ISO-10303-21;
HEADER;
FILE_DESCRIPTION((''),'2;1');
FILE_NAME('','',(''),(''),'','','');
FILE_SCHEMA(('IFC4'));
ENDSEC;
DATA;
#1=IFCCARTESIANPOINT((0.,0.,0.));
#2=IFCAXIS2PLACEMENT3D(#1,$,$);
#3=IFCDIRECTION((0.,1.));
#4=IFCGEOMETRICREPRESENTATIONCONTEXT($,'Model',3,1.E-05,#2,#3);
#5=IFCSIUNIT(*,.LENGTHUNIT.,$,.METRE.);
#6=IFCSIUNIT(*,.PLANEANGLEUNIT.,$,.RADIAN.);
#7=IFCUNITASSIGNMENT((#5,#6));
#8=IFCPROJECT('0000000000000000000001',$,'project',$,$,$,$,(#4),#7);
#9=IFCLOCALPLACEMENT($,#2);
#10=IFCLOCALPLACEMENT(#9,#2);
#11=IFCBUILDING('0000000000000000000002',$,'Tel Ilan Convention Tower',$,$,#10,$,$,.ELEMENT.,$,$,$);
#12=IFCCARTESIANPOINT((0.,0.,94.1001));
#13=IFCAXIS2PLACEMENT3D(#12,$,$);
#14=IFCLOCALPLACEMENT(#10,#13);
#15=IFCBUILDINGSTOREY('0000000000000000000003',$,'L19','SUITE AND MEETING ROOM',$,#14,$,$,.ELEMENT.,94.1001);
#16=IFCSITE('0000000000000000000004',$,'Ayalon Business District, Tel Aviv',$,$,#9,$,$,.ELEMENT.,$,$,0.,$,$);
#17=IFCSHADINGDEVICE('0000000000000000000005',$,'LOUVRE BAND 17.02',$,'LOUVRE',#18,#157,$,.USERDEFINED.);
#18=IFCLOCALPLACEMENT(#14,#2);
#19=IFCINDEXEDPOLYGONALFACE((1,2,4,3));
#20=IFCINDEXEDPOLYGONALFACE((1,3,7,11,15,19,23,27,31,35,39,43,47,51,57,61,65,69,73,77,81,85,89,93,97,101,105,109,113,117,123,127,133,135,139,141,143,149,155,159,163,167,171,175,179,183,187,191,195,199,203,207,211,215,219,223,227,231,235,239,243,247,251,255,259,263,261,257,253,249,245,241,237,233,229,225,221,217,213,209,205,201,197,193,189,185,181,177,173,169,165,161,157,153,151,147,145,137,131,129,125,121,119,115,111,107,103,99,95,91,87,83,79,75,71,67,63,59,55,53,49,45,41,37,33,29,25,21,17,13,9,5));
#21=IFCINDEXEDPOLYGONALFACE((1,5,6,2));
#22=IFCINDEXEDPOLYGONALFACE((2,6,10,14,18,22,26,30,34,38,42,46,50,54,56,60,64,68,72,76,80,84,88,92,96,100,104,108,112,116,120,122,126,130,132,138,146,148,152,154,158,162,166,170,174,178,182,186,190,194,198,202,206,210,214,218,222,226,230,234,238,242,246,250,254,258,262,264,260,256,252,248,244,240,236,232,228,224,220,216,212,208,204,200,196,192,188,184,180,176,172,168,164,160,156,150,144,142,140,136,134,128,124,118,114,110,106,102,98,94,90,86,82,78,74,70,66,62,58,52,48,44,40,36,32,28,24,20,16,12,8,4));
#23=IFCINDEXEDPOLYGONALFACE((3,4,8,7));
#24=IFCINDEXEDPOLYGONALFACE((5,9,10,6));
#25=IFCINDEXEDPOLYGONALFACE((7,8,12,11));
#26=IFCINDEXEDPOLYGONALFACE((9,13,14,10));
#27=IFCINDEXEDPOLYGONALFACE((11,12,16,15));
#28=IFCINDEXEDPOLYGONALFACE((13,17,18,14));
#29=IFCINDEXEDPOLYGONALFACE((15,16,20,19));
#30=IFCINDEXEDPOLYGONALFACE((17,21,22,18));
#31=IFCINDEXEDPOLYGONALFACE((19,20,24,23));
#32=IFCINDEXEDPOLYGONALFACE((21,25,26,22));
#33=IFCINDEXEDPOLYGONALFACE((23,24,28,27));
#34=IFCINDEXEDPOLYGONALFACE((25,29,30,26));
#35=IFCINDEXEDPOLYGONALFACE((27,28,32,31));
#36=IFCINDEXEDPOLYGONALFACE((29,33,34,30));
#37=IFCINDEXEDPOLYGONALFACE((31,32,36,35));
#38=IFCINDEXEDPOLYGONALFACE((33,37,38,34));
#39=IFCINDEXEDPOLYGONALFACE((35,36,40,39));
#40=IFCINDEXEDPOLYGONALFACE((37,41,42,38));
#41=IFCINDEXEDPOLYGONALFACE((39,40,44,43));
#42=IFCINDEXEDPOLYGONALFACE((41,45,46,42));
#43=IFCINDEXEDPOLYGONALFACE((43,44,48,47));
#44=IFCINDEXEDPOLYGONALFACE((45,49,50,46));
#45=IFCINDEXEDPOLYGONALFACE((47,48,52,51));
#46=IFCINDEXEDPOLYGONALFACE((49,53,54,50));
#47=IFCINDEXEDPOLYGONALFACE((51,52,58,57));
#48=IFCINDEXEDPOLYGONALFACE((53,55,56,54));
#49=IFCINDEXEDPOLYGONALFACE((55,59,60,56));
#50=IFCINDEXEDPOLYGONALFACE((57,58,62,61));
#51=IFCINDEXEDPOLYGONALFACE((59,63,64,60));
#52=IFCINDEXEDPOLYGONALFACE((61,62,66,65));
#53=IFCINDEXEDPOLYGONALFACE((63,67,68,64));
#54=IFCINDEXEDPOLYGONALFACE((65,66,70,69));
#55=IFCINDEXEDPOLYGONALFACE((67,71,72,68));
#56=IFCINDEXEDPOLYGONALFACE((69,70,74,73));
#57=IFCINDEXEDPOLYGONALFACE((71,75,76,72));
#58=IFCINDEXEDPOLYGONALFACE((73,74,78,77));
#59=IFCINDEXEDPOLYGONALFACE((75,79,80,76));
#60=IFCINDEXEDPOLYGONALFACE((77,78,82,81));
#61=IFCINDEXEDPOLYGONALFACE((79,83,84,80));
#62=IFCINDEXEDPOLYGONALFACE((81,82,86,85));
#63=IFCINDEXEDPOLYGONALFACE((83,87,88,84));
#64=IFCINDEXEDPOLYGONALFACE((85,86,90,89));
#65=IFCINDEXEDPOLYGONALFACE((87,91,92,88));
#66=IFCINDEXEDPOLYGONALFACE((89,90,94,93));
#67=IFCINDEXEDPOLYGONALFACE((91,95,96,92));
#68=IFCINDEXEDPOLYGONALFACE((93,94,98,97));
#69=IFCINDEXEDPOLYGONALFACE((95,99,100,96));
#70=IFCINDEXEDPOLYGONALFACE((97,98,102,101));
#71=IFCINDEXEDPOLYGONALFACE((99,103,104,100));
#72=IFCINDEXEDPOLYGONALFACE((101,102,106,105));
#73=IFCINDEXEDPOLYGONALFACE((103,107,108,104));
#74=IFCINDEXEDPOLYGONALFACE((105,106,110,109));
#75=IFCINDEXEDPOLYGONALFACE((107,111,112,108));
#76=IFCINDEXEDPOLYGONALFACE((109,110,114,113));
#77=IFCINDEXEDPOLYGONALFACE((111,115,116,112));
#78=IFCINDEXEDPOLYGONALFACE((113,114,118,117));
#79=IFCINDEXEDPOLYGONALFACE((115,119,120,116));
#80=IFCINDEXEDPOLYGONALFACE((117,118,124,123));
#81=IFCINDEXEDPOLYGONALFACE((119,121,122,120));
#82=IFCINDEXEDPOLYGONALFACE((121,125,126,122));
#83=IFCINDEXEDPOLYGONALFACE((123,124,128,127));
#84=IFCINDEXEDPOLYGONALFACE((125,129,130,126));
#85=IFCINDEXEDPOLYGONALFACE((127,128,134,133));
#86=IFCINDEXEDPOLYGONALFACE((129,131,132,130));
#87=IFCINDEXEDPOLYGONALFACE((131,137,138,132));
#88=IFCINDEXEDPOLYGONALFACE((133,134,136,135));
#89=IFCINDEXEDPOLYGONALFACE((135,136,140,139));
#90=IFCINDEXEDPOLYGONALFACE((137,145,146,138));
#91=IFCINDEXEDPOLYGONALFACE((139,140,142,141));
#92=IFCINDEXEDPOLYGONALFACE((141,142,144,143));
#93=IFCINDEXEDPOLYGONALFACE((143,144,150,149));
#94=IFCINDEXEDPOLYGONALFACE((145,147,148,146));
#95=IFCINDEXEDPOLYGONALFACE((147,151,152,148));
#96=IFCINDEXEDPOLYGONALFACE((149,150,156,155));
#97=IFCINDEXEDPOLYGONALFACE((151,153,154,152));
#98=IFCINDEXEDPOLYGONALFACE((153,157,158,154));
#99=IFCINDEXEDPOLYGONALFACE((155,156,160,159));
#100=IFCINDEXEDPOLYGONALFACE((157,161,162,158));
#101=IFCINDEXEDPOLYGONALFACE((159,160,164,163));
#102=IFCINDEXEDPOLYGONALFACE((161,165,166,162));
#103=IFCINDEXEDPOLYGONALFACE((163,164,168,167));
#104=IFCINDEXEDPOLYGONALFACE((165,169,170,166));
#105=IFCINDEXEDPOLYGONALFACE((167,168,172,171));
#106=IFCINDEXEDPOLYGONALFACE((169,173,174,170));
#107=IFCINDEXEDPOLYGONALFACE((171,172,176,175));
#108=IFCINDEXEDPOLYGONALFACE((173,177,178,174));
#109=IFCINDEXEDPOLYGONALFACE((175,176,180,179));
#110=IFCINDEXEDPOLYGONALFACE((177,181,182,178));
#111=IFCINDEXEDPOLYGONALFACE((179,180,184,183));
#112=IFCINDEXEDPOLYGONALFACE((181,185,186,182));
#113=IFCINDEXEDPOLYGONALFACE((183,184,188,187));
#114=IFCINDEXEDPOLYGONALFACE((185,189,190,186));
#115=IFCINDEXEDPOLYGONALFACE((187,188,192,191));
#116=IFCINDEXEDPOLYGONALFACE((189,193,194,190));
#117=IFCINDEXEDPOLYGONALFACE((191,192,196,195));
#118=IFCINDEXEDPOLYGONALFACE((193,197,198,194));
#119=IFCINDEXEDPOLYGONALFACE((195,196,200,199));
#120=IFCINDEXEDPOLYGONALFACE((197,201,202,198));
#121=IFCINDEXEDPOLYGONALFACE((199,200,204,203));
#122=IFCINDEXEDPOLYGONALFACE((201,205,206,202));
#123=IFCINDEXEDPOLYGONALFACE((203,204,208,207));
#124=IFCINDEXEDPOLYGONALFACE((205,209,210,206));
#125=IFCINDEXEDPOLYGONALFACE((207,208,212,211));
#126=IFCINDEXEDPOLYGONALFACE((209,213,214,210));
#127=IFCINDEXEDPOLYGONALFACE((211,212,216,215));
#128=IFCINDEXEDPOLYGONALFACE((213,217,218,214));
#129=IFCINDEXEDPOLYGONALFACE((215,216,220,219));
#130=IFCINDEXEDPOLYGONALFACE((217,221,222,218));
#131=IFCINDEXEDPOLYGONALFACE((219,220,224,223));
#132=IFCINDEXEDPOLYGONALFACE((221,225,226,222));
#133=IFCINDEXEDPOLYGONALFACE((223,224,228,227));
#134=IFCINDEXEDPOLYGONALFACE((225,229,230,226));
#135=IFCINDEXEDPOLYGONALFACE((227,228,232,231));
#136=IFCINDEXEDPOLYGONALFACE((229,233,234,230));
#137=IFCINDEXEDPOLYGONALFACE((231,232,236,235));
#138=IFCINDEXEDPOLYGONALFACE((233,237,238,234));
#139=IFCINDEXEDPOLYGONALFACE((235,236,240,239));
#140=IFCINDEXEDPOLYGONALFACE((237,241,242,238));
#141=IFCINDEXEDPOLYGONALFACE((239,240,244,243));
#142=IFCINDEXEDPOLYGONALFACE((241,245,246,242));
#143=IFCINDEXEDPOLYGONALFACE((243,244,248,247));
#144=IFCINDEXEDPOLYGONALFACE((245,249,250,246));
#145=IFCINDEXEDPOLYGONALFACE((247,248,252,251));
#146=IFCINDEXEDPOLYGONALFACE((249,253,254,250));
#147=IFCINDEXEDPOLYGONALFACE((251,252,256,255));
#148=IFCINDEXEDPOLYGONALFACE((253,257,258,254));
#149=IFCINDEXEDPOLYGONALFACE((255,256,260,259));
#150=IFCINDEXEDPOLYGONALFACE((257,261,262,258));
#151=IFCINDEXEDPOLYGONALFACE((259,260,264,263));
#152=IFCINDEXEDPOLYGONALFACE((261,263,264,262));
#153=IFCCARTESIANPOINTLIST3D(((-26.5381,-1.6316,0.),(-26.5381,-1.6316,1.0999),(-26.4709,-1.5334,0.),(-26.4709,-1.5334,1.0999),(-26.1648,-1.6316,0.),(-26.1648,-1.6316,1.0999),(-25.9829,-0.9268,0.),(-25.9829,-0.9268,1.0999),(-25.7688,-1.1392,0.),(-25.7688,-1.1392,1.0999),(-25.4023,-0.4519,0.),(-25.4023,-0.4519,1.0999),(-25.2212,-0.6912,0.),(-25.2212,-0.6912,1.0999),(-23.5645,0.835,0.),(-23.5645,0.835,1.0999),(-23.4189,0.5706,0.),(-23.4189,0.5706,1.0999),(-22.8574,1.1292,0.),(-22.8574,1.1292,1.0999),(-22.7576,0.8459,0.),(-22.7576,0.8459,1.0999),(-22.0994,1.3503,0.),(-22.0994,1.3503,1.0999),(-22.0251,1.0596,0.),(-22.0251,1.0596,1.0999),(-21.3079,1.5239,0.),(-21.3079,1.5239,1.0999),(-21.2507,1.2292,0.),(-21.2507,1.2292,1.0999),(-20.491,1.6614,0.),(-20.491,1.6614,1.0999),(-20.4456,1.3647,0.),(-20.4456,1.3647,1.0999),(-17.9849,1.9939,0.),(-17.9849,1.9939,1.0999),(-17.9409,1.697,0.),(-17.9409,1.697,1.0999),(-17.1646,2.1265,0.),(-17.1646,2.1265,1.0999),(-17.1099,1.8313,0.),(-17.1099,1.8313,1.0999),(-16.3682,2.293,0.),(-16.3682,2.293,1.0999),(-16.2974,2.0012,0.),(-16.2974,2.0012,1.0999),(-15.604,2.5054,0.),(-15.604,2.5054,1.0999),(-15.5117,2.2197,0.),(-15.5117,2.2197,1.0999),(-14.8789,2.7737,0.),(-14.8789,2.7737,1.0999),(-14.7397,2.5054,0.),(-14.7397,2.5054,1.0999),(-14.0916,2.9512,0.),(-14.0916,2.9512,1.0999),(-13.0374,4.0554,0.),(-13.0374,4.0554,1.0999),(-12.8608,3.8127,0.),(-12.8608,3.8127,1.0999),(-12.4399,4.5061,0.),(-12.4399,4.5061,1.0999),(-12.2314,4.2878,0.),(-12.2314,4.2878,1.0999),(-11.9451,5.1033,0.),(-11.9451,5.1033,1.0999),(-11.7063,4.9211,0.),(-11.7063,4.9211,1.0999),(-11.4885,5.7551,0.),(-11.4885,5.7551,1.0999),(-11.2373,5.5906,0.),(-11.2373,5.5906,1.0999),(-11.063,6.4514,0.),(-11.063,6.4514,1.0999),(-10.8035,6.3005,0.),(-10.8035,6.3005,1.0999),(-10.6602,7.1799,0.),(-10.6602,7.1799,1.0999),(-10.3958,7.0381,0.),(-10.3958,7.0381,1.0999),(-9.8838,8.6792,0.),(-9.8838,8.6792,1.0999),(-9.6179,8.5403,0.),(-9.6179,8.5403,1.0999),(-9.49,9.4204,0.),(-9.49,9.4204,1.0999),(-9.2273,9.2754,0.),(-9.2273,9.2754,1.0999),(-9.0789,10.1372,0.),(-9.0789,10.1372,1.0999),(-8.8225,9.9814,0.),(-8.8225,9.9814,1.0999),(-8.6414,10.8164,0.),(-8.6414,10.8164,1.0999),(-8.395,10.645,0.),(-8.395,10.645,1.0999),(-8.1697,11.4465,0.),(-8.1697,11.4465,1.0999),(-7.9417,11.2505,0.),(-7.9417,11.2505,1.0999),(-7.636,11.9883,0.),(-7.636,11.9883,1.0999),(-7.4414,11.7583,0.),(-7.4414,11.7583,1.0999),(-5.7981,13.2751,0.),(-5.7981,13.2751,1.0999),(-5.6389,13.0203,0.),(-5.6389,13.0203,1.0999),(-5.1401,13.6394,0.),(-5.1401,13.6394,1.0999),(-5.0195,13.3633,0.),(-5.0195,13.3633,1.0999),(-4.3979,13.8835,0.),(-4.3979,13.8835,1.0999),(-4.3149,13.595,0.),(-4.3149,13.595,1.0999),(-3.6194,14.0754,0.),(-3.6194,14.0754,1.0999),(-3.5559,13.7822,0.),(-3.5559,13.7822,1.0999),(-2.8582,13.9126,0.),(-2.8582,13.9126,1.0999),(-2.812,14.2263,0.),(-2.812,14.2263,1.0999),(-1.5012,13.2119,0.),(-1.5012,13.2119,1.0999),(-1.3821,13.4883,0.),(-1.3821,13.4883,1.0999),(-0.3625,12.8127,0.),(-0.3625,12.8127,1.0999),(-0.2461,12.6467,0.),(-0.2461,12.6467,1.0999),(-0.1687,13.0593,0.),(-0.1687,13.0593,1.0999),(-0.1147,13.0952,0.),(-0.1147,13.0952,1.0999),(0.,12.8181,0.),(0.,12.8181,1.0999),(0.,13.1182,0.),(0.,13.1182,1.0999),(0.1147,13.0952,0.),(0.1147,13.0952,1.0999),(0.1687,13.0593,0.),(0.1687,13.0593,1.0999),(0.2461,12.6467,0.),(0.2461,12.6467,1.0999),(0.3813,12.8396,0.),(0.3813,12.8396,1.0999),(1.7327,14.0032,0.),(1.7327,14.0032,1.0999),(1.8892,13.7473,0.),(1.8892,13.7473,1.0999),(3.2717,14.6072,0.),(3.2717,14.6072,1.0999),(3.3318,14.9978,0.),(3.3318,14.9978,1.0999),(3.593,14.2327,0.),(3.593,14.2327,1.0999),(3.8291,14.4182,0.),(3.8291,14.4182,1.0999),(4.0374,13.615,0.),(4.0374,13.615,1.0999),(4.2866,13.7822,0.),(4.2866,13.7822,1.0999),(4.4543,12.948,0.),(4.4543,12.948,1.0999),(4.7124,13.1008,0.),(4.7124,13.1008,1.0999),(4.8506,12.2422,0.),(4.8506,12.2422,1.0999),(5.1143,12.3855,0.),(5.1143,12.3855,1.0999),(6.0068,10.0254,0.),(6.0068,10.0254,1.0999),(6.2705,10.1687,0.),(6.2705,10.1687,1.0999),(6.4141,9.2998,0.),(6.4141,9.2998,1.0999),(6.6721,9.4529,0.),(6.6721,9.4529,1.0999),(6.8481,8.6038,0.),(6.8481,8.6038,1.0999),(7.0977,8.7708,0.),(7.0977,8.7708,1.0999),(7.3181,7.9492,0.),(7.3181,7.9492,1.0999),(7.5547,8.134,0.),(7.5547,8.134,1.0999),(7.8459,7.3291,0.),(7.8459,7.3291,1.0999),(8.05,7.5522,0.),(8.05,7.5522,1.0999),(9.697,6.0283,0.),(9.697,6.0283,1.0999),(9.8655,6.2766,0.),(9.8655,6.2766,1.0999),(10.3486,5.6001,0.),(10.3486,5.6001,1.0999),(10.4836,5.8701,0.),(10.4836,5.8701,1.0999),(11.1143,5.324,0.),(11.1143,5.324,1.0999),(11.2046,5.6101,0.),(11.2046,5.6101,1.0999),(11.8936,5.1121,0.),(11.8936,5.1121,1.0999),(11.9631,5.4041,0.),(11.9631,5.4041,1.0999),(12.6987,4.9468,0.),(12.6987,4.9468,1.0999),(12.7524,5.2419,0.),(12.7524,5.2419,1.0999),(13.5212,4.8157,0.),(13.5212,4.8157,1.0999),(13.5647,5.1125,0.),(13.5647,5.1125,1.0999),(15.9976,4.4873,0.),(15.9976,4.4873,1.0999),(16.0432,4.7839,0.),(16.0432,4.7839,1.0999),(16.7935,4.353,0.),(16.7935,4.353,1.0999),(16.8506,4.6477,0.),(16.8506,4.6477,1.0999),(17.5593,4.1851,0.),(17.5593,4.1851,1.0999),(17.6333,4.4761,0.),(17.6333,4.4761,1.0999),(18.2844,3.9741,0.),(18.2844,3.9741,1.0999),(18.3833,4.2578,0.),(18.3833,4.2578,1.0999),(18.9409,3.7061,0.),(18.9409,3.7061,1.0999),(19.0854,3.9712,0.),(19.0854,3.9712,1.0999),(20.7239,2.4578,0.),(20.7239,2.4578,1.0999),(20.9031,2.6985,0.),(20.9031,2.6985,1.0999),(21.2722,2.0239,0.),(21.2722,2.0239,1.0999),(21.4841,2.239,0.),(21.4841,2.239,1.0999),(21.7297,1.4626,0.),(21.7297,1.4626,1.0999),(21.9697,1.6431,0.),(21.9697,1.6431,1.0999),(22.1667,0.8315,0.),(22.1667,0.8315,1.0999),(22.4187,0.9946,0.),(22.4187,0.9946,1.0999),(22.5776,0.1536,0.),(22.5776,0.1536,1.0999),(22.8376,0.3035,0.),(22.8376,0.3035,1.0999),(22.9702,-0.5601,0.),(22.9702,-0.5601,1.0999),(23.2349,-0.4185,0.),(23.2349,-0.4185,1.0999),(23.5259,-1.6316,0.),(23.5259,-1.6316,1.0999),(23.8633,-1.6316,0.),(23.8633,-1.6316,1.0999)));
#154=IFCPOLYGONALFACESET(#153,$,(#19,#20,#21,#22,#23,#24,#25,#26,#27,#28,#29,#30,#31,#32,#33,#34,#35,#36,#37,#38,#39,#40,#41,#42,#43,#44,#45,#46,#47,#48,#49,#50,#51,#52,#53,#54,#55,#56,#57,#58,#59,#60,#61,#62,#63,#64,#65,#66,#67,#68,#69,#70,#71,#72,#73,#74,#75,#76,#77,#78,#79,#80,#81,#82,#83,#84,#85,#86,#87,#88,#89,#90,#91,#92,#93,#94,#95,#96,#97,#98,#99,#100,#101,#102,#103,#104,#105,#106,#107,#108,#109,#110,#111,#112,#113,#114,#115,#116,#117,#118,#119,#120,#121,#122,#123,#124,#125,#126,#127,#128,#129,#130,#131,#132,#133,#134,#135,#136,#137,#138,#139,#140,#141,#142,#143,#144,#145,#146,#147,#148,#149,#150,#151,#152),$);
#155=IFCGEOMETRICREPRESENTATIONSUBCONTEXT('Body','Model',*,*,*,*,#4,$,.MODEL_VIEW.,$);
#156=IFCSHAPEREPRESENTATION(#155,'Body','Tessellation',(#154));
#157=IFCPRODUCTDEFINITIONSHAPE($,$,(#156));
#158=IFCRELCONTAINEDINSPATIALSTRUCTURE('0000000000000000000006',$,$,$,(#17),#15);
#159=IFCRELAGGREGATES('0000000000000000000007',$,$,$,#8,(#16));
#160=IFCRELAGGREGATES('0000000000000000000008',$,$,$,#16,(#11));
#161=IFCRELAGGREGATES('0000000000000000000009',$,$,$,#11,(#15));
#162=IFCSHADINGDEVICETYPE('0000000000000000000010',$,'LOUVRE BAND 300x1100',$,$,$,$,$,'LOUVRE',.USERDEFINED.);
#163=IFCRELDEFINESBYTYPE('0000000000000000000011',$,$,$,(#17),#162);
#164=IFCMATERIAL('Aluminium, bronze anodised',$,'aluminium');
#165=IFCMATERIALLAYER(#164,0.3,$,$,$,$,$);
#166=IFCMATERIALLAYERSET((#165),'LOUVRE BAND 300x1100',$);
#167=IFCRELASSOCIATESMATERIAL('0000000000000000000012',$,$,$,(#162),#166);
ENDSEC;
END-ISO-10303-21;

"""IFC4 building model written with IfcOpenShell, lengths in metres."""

from ifc_helpers import new_model, si_unit, direction, frame, origin, place, context, subcontext, project, spatial, polyline, outline, extrude, material, layer, layer_set, type_object, element, save


model = new_model("IFC4")

# Units and contexts
model_context = context("Model", 3, precision=1e-05, world=origin(), true_north=direction((0.0, 1.0)))
body_context = subcontext(model_context, "Body", "Model", "MODEL_VIEW")
ifc_project = project(units=[si_unit("LENGTHUNIT", "METRE"), si_unit("PLANEANGLEUNIT", "RADIAN")], contexts=[model_context])

# Site, building, storey
site_placement = place(None, origin())
site = spatial("IfcSite", under=ifc_project, at=site_placement, Name="Ayalon Business District, Tel Aviv", CompositionType="ELEMENT", RefElevation=0.0)
building_placement = place(site_placement, origin())
building = spatial("IfcBuilding", under=site, at=building_placement, Name="Tel Ilan Convention Tower", CompositionType="ELEMENT")
storey_placement = place(building_placement, frame((0.0, 0.0, 94.1001)))
storey = spatial("IfcBuildingStorey", under=building, at=storey_placement, Name="L19", Description="SUITE AND MEETING ROOM", CompositionType="ELEMENT", Elevation=94.1001)

# Shading device
ifc_material_1 = material(Name="Aluminium, bronze anodised", Category="aluminium")
ifc_layer_1 = layer(ifc_material_1, 0.3)
ifc_layer_set_1 = layer_set([ifc_layer_1], Name="LOUVRE BAND 300x1100")
shading_device_type = type_object("IfcShadingDeviceType", Name="LOUVRE BAND 300x1100", ElementType="LOUVRE", PredefinedType="USERDEFINED", material=ifc_layer_set_1)
shading_device_1_placement = place(storey_placement, origin())
element("IfcShadingDevice", 1, at=shading_device_1_placement, inside=storey, type_object=shading_device_type, Name="LOUVRE BAND 17.02", ObjectType="LOUVRE", PredefinedType="USERDEFINED", context=body_context, shape_type="SweptSolid", body=[
    extrude(outline(polyline([(-26.4709, -1.5334), (-26.5381, -1.6316), (-26.1648, -1.6316), (-25.7688, -1.1392), (-25.2212, -0.6912), (-23.4189, 0.5706), (-22.7576, 0.8459), (-22.0251, 1.0596), (-21.2507, 1.2292), (-20.4456, 1.3647), (-17.9409, 1.697), (-17.1099, 1.8313), (-16.2974, 2.0012), (-15.5117, 2.2197), (-14.7397, 2.5054), (-14.0916, 2.9512), (-12.8608, 3.8127), (-12.2314, 4.2878), (-11.7063, 4.9211), (-11.2373, 5.5906), (-10.8035, 6.3005), (-10.3958, 7.0381), (-9.6179, 8.5403), (-9.2273, 9.2754), (-8.8225, 9.9814), (-8.395, 10.645), (-7.9417, 11.2505), (-7.4414, 11.7583), (-5.6389, 13.0203), (-5.0195, 13.3633), (-4.3149, 13.595), (-3.5559, 13.7822), (-2.8582, 13.9126), (-1.5012, 13.2119), (-0.3625, 12.8127), (-0.2461, 12.6467), (0.0, 12.8181), (0.2461, 12.6467), (0.3813, 12.8396), (1.8892, 13.7473), (3.2717, 14.6072), (3.593, 14.2327), (4.0374, 13.615), (4.4543, 12.948), (4.8506, 12.2422), (6.0068, 10.0254), (6.4141, 9.2998), (6.8481, 8.6038), (7.3181, 7.9492), (7.8459, 7.3291), (9.697, 6.0283), (10.3486, 5.6001), (11.1143, 5.324), (11.8936, 5.1121), (12.6987, 4.9468), (13.5212, 4.8157), (15.9976, 4.4873), (16.7935, 4.353), (17.5593, 4.1851), (18.2844, 3.9741), (18.9409, 3.7061), (20.7239, 2.4578), (21.2722, 2.0239), (21.7297, 1.4626), (22.1667, 0.8315), (22.5776, 0.1536), (22.9702, -0.5601), (23.5259, -1.6316), (23.8633, -1.6316), (23.2349, -0.4185), (22.8376, 0.3035), (22.4187, 0.9946), (21.9697, 1.6431), (21.4841, 2.239), (20.9031, 2.6985), (19.0854, 3.9712), (18.3833, 4.2578), (17.6333, 4.4761), (16.8506, 4.6477), (16.0432, 4.7839), (13.5647, 5.1125), (12.7524, 5.2419), (11.9631, 5.4041), (11.2046, 5.6101), (10.4836, 5.8701), (9.8655, 6.2766), (8.05, 7.5522), (7.5547, 8.134), (7.0977, 8.7708), (6.6721, 9.4529), (6.2705, 10.1687), (5.1143, 12.3855), (4.7124, 13.1008), (4.2866, 13.7822), (3.8291, 14.4182), (3.3318, 14.9978), (1.7327, 14.0032), (0.1687, 13.0593), (0.1147, 13.0952), (0.0, 13.1182), (-0.1147, 13.0952), (-0.1687, 13.0593), (-1.3821, 13.4883), (-2.812, 14.2263), (-3.6194, 14.0754), (-4.3979, 13.8835), (-5.1401, 13.6394), (-5.7981, 13.2751), (-7.636, 11.9883), (-8.1697, 11.4465), (-8.6414, 10.8164), (-9.0789, 10.1372), (-9.49, 9.4204), (-9.8838, 8.6792), (-10.6602, 7.1799), (-11.063, 6.4514), (-11.4885, 5.7551), (-11.9451, 5.1033), (-12.4399, 4.5061), (-13.0374, 4.0554), (-14.8789, 2.7737), (-15.604, 2.5054), (-16.3682, 2.293), (-17.1646, 2.1265), (-17.9849, 1.9939), (-20.491, 1.6614), (-21.3079, 1.5239), (-22.0994, 1.3503), (-22.8574, 1.1292), (-23.5645, 0.835), (-25.4023, -0.4519), (-25.9829, -0.9268), (-26.4709, -1.5334)])), origin(), (0.0, 0.0, 1.0), 1.0999),
])

save(model, "model.ifc")
